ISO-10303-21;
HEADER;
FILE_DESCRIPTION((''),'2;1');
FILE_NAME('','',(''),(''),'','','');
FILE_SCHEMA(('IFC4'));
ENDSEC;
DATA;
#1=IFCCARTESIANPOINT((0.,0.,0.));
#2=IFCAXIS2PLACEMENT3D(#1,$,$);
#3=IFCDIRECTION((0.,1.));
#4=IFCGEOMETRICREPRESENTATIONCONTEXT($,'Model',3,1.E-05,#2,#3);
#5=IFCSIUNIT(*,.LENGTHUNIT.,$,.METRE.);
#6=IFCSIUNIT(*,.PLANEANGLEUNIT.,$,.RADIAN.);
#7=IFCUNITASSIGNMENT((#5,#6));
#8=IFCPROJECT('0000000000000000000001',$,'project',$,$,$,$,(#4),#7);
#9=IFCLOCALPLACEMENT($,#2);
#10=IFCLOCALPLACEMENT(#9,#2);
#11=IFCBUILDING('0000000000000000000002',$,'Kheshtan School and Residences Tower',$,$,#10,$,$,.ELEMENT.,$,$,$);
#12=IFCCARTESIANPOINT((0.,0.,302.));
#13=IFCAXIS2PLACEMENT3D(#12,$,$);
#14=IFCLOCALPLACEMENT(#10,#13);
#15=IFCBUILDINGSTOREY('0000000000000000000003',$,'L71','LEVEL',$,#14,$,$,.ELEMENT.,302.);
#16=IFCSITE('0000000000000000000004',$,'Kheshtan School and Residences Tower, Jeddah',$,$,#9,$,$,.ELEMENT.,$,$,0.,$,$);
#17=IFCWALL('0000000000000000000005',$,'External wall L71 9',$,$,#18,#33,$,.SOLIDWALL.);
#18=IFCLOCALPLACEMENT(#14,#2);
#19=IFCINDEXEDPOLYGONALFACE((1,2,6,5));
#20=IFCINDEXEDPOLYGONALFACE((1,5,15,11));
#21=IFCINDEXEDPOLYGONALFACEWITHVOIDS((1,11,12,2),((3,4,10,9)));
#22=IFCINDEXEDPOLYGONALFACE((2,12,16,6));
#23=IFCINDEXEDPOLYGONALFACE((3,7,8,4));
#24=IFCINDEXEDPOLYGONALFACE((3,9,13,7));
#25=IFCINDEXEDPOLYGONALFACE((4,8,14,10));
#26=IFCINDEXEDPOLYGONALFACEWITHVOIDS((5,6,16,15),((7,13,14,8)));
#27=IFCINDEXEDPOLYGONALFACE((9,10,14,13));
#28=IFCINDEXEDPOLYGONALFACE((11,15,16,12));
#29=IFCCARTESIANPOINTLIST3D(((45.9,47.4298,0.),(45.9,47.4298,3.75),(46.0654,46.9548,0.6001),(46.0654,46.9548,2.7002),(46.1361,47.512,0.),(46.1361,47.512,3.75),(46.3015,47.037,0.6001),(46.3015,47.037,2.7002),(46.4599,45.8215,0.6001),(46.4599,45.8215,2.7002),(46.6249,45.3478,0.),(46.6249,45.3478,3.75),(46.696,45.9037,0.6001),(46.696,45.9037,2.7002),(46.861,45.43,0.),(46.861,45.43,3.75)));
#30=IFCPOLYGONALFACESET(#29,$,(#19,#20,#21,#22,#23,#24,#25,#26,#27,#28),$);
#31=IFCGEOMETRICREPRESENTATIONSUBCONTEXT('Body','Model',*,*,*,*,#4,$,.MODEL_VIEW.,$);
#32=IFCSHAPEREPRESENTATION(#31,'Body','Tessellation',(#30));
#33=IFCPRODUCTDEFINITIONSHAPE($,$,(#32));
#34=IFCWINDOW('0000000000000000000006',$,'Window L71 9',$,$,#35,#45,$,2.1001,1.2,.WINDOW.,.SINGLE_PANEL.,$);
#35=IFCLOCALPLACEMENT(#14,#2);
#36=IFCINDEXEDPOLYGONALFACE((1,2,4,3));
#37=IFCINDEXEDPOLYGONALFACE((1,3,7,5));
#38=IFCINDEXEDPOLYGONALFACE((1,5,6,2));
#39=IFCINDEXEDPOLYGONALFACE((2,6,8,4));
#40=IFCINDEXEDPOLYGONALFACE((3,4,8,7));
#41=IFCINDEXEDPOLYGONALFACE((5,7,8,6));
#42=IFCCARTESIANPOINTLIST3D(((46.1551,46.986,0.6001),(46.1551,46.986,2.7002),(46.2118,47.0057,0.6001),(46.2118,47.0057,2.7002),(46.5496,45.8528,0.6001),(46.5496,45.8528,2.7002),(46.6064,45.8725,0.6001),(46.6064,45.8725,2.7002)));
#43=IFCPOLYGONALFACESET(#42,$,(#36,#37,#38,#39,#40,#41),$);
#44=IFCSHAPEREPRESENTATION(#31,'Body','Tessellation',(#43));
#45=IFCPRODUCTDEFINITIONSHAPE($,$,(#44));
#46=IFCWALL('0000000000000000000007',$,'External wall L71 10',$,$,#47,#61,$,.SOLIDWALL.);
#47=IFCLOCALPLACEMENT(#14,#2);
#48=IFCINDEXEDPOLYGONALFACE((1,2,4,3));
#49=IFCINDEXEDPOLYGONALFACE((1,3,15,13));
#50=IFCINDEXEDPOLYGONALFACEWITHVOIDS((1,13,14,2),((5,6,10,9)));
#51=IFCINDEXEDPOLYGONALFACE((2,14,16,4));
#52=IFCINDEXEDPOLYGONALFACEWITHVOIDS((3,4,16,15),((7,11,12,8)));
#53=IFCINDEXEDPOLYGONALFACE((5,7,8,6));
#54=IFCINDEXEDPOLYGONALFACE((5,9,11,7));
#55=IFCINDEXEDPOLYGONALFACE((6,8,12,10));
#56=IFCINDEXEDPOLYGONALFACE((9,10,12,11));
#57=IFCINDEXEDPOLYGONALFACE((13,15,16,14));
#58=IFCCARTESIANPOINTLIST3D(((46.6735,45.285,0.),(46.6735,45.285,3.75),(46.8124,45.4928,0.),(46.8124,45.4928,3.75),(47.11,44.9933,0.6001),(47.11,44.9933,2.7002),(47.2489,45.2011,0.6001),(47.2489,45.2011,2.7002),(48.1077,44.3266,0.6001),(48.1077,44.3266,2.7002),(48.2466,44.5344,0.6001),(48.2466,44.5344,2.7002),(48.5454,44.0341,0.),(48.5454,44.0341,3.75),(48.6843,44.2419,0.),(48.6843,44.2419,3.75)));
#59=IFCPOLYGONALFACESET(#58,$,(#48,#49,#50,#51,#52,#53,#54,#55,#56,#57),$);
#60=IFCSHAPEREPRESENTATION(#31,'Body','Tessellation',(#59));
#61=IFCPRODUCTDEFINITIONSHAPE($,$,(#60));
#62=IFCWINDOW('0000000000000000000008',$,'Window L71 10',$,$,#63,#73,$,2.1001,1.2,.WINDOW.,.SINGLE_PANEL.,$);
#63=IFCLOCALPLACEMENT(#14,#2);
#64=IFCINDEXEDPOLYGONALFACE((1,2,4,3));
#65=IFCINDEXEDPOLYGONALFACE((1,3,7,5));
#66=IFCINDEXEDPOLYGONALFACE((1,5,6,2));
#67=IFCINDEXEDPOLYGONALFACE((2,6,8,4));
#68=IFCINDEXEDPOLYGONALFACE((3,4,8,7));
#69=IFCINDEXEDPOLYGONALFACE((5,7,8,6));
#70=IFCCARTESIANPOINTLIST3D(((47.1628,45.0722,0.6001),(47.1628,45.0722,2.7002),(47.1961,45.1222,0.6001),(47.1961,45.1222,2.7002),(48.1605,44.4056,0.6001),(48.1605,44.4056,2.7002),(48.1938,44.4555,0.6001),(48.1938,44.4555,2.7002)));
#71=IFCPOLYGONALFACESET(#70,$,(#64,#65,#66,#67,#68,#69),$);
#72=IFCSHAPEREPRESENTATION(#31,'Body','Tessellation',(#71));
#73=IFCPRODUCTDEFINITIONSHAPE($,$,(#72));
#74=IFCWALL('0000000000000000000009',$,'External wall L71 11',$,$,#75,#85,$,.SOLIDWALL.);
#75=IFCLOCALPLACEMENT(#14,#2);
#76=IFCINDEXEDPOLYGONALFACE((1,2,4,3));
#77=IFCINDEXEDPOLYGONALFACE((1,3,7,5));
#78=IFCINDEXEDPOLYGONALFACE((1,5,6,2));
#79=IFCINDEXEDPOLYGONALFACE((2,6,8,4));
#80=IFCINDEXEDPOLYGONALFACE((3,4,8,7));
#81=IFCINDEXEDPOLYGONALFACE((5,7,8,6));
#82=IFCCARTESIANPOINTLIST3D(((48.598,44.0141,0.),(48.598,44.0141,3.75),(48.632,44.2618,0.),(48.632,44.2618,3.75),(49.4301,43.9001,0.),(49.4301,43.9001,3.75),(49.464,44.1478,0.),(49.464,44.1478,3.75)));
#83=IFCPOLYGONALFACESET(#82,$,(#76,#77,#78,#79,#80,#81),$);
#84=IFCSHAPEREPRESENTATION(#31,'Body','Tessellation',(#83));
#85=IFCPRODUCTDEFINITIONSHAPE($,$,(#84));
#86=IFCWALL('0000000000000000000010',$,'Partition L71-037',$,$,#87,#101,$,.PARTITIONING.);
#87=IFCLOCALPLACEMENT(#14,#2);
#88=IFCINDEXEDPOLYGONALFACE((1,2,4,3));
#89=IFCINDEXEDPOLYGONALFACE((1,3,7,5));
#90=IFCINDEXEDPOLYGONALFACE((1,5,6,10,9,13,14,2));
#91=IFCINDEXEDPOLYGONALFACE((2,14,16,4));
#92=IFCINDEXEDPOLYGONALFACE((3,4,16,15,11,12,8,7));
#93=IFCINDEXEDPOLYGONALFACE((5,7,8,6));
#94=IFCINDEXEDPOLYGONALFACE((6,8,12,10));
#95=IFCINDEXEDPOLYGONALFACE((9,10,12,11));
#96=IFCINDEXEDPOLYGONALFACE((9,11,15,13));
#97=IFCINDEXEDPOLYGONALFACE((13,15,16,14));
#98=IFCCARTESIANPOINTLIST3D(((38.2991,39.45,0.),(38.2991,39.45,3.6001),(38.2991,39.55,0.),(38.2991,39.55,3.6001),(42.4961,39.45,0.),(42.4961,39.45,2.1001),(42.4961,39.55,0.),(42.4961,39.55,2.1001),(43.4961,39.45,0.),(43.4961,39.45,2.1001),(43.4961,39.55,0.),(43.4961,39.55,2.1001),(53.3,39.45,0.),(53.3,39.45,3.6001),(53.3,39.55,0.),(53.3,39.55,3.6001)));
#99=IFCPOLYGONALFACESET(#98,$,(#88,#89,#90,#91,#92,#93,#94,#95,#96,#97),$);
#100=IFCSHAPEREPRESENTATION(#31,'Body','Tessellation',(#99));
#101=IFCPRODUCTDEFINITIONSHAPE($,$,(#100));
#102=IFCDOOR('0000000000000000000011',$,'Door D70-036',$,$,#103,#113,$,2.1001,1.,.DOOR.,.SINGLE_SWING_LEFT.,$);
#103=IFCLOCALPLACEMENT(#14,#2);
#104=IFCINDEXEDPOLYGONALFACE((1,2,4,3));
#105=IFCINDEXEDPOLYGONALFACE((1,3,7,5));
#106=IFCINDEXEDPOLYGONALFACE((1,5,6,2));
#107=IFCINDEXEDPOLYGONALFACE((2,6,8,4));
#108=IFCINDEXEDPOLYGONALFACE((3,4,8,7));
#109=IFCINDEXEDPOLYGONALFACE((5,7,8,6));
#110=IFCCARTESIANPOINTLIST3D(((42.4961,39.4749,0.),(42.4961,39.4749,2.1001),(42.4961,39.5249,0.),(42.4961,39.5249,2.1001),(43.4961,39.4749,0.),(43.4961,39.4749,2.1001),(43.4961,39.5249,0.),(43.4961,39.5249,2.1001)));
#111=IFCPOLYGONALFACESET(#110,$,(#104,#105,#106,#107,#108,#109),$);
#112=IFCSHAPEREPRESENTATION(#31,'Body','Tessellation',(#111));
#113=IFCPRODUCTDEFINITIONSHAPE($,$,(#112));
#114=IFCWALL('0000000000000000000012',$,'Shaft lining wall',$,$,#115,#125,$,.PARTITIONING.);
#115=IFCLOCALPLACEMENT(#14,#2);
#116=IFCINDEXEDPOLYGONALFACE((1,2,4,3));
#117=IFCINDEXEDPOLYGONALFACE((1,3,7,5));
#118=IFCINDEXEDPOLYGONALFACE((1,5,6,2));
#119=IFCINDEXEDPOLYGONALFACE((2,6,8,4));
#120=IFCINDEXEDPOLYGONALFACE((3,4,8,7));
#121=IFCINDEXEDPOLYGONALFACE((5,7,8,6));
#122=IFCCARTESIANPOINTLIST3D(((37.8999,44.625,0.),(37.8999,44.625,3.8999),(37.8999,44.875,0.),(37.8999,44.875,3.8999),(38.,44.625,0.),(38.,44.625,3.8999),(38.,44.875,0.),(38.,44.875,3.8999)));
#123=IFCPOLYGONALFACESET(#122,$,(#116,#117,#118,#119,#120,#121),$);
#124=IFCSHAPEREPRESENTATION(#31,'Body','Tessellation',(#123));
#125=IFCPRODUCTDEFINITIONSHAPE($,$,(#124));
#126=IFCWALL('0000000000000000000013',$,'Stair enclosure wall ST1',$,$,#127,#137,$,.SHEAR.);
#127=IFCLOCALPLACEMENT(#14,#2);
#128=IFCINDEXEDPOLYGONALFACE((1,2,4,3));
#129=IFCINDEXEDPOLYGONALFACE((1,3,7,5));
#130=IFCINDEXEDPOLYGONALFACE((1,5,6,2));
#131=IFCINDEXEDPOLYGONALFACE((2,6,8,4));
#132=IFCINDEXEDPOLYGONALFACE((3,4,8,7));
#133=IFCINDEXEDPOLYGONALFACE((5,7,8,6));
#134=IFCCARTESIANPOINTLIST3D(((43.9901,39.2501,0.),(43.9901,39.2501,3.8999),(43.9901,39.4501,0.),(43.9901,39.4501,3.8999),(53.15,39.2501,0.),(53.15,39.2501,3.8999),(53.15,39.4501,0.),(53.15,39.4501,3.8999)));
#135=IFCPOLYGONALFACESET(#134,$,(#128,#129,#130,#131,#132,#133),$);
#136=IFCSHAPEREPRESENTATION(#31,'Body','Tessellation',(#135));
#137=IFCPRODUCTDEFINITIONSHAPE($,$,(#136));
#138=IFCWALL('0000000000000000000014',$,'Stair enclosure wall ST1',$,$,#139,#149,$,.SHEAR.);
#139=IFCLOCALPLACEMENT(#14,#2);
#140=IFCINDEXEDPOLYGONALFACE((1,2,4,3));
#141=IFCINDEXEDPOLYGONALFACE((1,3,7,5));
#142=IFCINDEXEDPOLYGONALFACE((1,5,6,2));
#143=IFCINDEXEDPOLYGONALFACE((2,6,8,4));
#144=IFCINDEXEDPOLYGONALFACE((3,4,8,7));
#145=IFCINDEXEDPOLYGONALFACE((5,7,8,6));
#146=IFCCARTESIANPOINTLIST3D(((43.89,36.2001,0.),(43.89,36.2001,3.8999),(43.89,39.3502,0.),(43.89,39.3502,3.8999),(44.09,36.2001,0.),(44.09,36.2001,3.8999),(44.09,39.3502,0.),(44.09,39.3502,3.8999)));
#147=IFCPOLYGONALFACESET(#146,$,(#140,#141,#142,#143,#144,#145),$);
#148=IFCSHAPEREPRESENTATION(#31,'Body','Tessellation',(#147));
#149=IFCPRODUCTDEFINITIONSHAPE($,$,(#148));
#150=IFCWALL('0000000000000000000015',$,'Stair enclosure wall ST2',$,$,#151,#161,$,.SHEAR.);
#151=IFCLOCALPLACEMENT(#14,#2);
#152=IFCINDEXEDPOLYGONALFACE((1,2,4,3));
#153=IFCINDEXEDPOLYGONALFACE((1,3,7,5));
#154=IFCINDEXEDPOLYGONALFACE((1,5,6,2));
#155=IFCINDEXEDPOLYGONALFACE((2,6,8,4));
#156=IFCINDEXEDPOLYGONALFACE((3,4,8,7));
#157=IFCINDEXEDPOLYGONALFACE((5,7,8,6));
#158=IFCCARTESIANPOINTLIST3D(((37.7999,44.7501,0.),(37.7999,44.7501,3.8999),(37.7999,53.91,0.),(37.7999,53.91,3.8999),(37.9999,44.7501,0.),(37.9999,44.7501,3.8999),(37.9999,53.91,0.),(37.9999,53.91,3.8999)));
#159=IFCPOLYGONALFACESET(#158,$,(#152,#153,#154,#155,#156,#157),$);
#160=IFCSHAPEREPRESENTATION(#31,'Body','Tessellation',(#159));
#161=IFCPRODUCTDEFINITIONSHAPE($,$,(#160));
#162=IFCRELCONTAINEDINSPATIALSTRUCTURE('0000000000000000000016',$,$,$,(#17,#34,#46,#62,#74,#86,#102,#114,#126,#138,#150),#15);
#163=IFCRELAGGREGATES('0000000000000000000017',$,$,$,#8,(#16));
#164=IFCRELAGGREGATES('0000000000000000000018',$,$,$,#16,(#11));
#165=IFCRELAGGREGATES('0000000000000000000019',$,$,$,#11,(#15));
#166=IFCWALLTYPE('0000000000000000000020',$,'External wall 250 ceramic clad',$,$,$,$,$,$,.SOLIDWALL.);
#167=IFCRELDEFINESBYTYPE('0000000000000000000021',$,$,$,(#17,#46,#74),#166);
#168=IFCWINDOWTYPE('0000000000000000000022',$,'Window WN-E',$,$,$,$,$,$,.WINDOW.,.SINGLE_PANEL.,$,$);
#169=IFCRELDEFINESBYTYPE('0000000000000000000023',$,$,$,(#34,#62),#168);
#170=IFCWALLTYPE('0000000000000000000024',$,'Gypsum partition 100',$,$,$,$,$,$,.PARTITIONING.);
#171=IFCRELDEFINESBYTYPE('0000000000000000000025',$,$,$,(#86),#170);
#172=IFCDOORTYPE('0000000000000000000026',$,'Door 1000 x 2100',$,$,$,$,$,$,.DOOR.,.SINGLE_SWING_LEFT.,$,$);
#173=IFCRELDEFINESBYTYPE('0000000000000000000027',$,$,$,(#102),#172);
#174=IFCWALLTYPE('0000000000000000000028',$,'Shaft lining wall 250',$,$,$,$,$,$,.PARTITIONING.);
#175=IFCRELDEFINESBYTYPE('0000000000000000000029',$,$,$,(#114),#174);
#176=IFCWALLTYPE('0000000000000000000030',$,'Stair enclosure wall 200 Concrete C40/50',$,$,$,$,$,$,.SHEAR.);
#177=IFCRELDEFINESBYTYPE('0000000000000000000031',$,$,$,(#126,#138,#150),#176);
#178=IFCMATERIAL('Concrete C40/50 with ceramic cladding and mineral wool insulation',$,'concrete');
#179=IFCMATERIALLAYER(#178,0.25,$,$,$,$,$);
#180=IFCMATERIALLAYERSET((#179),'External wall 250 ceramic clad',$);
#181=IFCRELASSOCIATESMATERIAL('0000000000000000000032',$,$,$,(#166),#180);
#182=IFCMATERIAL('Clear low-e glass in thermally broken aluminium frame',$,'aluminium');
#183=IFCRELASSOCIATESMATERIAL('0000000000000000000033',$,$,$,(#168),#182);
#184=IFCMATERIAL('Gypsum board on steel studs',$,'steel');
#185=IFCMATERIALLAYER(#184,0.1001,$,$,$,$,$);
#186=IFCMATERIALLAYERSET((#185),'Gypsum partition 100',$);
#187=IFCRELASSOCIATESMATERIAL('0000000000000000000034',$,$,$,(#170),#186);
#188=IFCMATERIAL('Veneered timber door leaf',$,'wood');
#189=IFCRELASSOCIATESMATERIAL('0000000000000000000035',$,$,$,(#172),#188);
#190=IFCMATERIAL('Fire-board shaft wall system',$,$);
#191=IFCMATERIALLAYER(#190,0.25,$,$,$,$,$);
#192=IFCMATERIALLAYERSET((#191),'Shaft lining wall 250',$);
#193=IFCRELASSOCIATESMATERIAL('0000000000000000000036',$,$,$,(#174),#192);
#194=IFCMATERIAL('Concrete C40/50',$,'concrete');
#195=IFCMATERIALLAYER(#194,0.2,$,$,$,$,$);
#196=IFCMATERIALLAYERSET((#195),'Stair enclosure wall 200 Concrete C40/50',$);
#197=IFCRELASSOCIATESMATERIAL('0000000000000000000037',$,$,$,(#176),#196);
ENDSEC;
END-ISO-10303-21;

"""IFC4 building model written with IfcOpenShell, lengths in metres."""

from ifc_helpers import new_model, si_unit, direction, frame, frame_2d, origin, place, context, subcontext, project, spatial, rectangle, extrude, source, transform, mapped, material, layer, layer_set, type_object, element, fill, save


model = new_model("IFC4")

# Units and contexts
model_context = context("Model", 3, precision=1e-05, world=origin(), true_north=direction((0.0, 1.0)))
body_context = subcontext(model_context, "Body", "Model", "MODEL_VIEW")
ifc_project = project(units=[si_unit("LENGTHUNIT", "METRE"), si_unit("PLANEANGLEUNIT", "RADIAN")], contexts=[model_context])

# Site, building, storey
site_placement = place(None, origin())
site = spatial("IfcSite", under=ifc_project, at=site_placement, Name="Kheshtan School and Residences Tower, Jeddah", CompositionType="ELEMENT", RefElevation=0.0)
building_placement = place(site_placement, origin())
building = spatial("IfcBuilding", under=site, at=building_placement, Name="Kheshtan School and Residences Tower", CompositionType="ELEMENT")
storey_placement = place(building_placement, frame((0.0, 0.0, 302.0)))
storey = spatial("IfcBuildingStorey", under=building, at=storey_placement, Name="L71", Description="LEVEL", CompositionType="ELEMENT", Elevation=302.0)

# Shared definitions
ifc_material_1 = material(Name="Clear low-e glass in thermally broken aluminium frame", Category="aluminium")

# Walls, openings, windows
ifc_material_2 = material(Name="Concrete C40/50 with ceramic cladding and mineral wool insulation", Category="concrete")
ifc_layer_1 = layer(ifc_material_2, 0.25)
ifc_layer_set_1 = layer_set([ifc_layer_1], Name="External wall 250 ceramic clad")
wall_type_1 = type_object("IfcWallType", Name="External wall 250 ceramic clad", PredefinedType="SOLIDWALL", material=ifc_layer_set_1)
wall_1_placement = place(storey_placement, frame((46.0181, 47.4709, 0.0), z_axis=(0.0, 0.0, 1.0), x_axis=(0.328791, -0.944403, 0.0)))
wall_1 = element("IfcWall", 1, at=wall_1_placement, inside=storey, type_object=wall_type_1, Name="External wall L71 9", PredefinedType="SOLIDWALL", context=body_context, shape_type="SweptSolid", body=[
    extrude(rectangle(XDim=2.2046, YDim=0.25, at=frame_2d((1.1023, 0.0))), origin(), (0.0, 0.0, 1.0), 3.75),
])
opening_1_placement = place(wall_1_placement, frame((0.5029, 0.0, 0.6001)))
opening_1 = element("IfcOpeningElement", 2, at=opening_1_placement, cuts=wall_1, PredefinedType="OPENING", context=body_context, shape_type="SweptSolid", body=[
    extrude(rectangle(XDim=1.2, YDim=2.1001, at=frame_2d((0.6001, 1.05))), frame((0.0, 0.135, 0.0), z_axis=(0.0, -1.0, 0.0), x_axis=(1.0, 0.0, 0.0)), (0.0, 0.0, 1.0), 0.27),
])
window_type = type_object("IfcWindowType", Name="Window WN-E", PartitioningType="SINGLE_PANEL", PredefinedType="WINDOW", material=ifc_material_1)
shared_shape_1 = source(origin(), body_context, "Body", "SweptSolid", [
    extrude(rectangle(XDim=1.2, YDim=2.1001, at=frame_2d((0.6001, 1.05))), frame((0.0, 0.03, 0.0), z_axis=(0.0, -1.0, 0.0), x_axis=(1.0, 0.0, 0.0)), (0.0, 0.0, 1.0), 0.0601),
])
window_1_placement = place(opening_1_placement, origin())
window_1 = element("IfcWindow", 3, at=window_1_placement, inside=storey, type_object=window_type, Name="Window L71 9", OverallHeight=2.1001, OverallWidth=1.2, PartitioningType="SINGLE_PANEL", PredefinedType="WINDOW", context=body_context, shape_type="MappedRepresentation", body=[
    mapped(shared_shape_1, transform((0.0, 0.0, 0.0), x_axis=(1.0, 0.0, 0.0), y_axis=(0.0, 1.0, 0.0), z_axis=(0.0, 0.0, 1.0), scale=1.0)),
])
fill(opening_1, window_1)
wall_2_placement = place(storey_placement, frame((46.7429, 45.3889, 0.0), z_axis=(0.0, 0.0, 1.0), x_axis=(0.831449, -0.555601, 0.0)))
wall_2 = element("IfcWall", 4, at=wall_2_placement, inside=storey, type_object=wall_type_1, Name="External wall L71 10", PredefinedType="SOLIDWALL", context=body_context, shape_type="SweptSolid", body=[
    extrude(rectangle(XDim=2.2515, YDim=0.25, at=frame_2d((1.1257, 0.0))), origin(), (0.0, 0.0, 1.0), 3.75),
])
opening_2_placement = place(wall_2_placement, frame((0.5249, 0.0, 0.6001)))
opening_2 = element("IfcOpeningElement", 5, at=opening_2_placement, cuts=wall_2, PredefinedType="OPENING", context=body_context, shape_type="SweptSolid", body=[
    extrude(rectangle(XDim=1.2, YDim=2.1001, at=frame_2d((0.6001, 1.05))), frame((0.0, 0.135, 0.0), z_axis=(0.0, -1.0, 0.0), x_axis=(1.0, 0.0, 0.0)), (0.0, 0.0, 1.0), 0.27),
])
window_2_placement = place(opening_2_placement, origin())
window_2 = element("IfcWindow", 6, at=window_2_placement, inside=storey, type_object=window_type, Name="Window L71 10", OverallHeight=2.1001, OverallWidth=1.2, PartitioningType="SINGLE_PANEL", PredefinedType="WINDOW", context=body_context, shape_type="MappedRepresentation", body=[
    mapped(shared_shape_1, transform((0.0, 0.0, 0.0), x_axis=(1.0, 0.0, 0.0), y_axis=(0.0, 1.0, 0.0), z_axis=(0.0, 0.0, 1.0), scale=1.0)),
])
fill(opening_2, window_2)

# Wall
wall_3_placement = place(storey_placement, frame((48.615, 44.1379, 0.0), z_axis=(0.0, 0.0, 1.0), x_axis=(0.990742, -0.135762, 0.0)))
element("IfcWall", 7, at=wall_3_placement, inside=storey, type_object=wall_type_1, Name="External wall L71 11", PredefinedType="SOLIDWALL", context=body_context, shape_type="SweptSolid", body=[
    extrude(rectangle(XDim=0.8398, YDim=0.25, at=frame_2d((0.4199, 0.0))), origin(), (0.0, 0.0, 1.0), 3.75),
])

# Wall, opening, door
ifc_material_3 = material(Name="Gypsum board on steel studs", Category="steel")
ifc_layer_2 = layer(ifc_material_3, 0.1001)
ifc_layer_set_2 = layer_set([ifc_layer_2], Name="Gypsum partition 100")
wall_type_2 = type_object("IfcWallType", Name="Gypsum partition 100", PredefinedType="PARTITIONING", material=ifc_layer_set_2)
wall_4_placement = place(storey_placement, frame((38.2991, 39.5, 0.0), z_axis=(0.0, 0.0, 1.0), x_axis=(1.0, 0.0, 0.0)))
wall_4 = element("IfcWall", 8, at=wall_4_placement, inside=storey, type_object=wall_type_2, Name="Partition L71-037", PredefinedType="PARTITIONING", context=body_context, shape_type="SweptSolid", body=[
    extrude(rectangle(XDim=15.001, YDim=0.1001, at=frame_2d((7.5005, 0.0))), origin(), (0.0, 0.0, 1.0), 3.6001),
])
opening_3_placement = place(wall_4_placement, frame((4.197, 0.0, 0.0)))
opening_3 = element("IfcOpeningElement", 9, at=opening_3_placement, cuts=wall_4, PredefinedType="OPENING", context=body_context, shape_type="SweptSolid", body=[
    extrude(rectangle(XDim=1.0, YDim=2.1001, at=frame_2d((0.5, 1.05))), frame((0.0, 0.0601, 0.0), z_axis=(0.0, -1.0, 0.0), x_axis=(1.0, 0.0, 0.0)), (0.0, 0.0, 1.0), 0.1201),
])
ifc_material_4 = material(Name="Veneered timber door leaf", Category="wood")
door_type_1 = type_object("IfcDoorType", Name="Door 1000 x 2100", OperationType="SINGLE_SWING_LEFT", PredefinedType="DOOR", material=ifc_material_4)
shared_shape_2 = source(origin(), body_context, "Body", "SweptSolid", [
    extrude(rectangle(XDim=1.0, YDim=2.1001, at=frame_2d((0.5, 1.05))), frame((0.0, 0.0249, 0.0), z_axis=(0.0, -1.0, 0.0), x_axis=(1.0, 0.0, 0.0)), (0.0, 0.0, 1.0), 0.05),
])
door_1_placement = place(opening_3_placement, origin())
door_1 = element("IfcDoor", 10, at=door_1_placement, inside=storey, type_object=door_type_1, Name="Door D70-036", OperationType="SINGLE_SWING_LEFT", OverallHeight=2.1001, OverallWidth=1.0, PredefinedType="DOOR", context=body_context, shape_type="MappedRepresentation", body=[
    mapped(shared_shape_2, transform((0.0, 0.0, 0.0), x_axis=(1.0, 0.0, 0.0), y_axis=(0.0, 1.0, 0.0), z_axis=(0.0, 0.0, 1.0), scale=1.0)),
])
fill(opening_3, door_1)

# Walls
ifc_material_5 = material(Name="Fire-board shaft wall system")
ifc_layer_3 = layer(ifc_material_5, 0.25)
ifc_layer_set_3 = layer_set([ifc_layer_3], Name="Shaft lining wall 250")
wall_type_3 = type_object("IfcWallType", Name="Shaft lining wall 250", PredefinedType="PARTITIONING", material=ifc_layer_set_3)
wall_5_placement = place(storey_placement, frame((37.8999, 44.75, 0.0), z_axis=(0.0, 0.0, 1.0), x_axis=(1.0, 0.0, 0.0)))
element("IfcWall", 11, at=wall_5_placement, inside=storey, type_object=wall_type_3, Name="Shaft lining wall", PredefinedType="PARTITIONING", context=body_context, shape_type="SweptSolid", body=[
    extrude(rectangle(XDim=0.1001, YDim=0.25, at=frame_2d((0.05, 0.0))), origin(), (0.0, 0.0, 1.0), 3.8999),
])
ifc_material_6 = material(Name="Concrete C40/50", Category="concrete")
ifc_layer_4 = layer(ifc_material_6, 0.2)
ifc_layer_set_4 = layer_set([ifc_layer_4], Name="Stair enclosure wall 200 Concrete C40/50")
wall_type_4 = type_object("IfcWallType", Name="Stair enclosure wall 200 Concrete C40/50", PredefinedType="SHEAR", material=ifc_layer_set_4)
wall_6_placement = place(storey_placement, frame((43.99, 39.3501, 0.0), z_axis=(0.0, 0.0, 1.0), x_axis=(1.0, 0.0, 0.0)))
element("IfcWall", 12, at=wall_6_placement, inside=storey, type_object=wall_type_4, Name="Stair enclosure wall ST1", PredefinedType="SHEAR", context=body_context, shape_type="SweptSolid", body=[
    extrude(rectangle(XDim=9.1599, YDim=0.2, at=frame_2d((4.5801, 0.0))), origin(), (0.0, 0.0, 1.0), 3.8999),
])
wall_7_placement = place(storey_placement, frame((43.99, 36.2, 0.0), z_axis=(0.0, 0.0, 1.0), x_axis=(0.0, 1.0, 0.0)))
element("IfcWall", 13, at=wall_7_placement, inside=storey, type_object=wall_type_4, Name="Stair enclosure wall ST1", PredefinedType="SHEAR", context=body_context, shape_type="SweptSolid", body=[
    extrude(rectangle(XDim=3.1501, YDim=0.2, at=frame_2d((1.5752, 0.0))), origin(), (0.0, 0.0, 1.0), 3.8999),
])
wall_8_placement = place(storey_placement, frame((37.8999, 44.75, 0.0), z_axis=(0.0, 0.0, 1.0), x_axis=(0.0, 1.0, 0.0)))
element("IfcWall", 14, at=wall_8_placement, inside=storey, type_object=wall_type_4, Name="Stair enclosure wall ST2", PredefinedType="SHEAR", context=body_context, shape_type="SweptSolid", body=[
    extrude(rectangle(XDim=9.1599, YDim=0.2, at=frame_2d((4.5801, 0.0))), origin(), (0.0, 0.0, 1.0), 3.8999),
])

save(model, "model.ifc")
